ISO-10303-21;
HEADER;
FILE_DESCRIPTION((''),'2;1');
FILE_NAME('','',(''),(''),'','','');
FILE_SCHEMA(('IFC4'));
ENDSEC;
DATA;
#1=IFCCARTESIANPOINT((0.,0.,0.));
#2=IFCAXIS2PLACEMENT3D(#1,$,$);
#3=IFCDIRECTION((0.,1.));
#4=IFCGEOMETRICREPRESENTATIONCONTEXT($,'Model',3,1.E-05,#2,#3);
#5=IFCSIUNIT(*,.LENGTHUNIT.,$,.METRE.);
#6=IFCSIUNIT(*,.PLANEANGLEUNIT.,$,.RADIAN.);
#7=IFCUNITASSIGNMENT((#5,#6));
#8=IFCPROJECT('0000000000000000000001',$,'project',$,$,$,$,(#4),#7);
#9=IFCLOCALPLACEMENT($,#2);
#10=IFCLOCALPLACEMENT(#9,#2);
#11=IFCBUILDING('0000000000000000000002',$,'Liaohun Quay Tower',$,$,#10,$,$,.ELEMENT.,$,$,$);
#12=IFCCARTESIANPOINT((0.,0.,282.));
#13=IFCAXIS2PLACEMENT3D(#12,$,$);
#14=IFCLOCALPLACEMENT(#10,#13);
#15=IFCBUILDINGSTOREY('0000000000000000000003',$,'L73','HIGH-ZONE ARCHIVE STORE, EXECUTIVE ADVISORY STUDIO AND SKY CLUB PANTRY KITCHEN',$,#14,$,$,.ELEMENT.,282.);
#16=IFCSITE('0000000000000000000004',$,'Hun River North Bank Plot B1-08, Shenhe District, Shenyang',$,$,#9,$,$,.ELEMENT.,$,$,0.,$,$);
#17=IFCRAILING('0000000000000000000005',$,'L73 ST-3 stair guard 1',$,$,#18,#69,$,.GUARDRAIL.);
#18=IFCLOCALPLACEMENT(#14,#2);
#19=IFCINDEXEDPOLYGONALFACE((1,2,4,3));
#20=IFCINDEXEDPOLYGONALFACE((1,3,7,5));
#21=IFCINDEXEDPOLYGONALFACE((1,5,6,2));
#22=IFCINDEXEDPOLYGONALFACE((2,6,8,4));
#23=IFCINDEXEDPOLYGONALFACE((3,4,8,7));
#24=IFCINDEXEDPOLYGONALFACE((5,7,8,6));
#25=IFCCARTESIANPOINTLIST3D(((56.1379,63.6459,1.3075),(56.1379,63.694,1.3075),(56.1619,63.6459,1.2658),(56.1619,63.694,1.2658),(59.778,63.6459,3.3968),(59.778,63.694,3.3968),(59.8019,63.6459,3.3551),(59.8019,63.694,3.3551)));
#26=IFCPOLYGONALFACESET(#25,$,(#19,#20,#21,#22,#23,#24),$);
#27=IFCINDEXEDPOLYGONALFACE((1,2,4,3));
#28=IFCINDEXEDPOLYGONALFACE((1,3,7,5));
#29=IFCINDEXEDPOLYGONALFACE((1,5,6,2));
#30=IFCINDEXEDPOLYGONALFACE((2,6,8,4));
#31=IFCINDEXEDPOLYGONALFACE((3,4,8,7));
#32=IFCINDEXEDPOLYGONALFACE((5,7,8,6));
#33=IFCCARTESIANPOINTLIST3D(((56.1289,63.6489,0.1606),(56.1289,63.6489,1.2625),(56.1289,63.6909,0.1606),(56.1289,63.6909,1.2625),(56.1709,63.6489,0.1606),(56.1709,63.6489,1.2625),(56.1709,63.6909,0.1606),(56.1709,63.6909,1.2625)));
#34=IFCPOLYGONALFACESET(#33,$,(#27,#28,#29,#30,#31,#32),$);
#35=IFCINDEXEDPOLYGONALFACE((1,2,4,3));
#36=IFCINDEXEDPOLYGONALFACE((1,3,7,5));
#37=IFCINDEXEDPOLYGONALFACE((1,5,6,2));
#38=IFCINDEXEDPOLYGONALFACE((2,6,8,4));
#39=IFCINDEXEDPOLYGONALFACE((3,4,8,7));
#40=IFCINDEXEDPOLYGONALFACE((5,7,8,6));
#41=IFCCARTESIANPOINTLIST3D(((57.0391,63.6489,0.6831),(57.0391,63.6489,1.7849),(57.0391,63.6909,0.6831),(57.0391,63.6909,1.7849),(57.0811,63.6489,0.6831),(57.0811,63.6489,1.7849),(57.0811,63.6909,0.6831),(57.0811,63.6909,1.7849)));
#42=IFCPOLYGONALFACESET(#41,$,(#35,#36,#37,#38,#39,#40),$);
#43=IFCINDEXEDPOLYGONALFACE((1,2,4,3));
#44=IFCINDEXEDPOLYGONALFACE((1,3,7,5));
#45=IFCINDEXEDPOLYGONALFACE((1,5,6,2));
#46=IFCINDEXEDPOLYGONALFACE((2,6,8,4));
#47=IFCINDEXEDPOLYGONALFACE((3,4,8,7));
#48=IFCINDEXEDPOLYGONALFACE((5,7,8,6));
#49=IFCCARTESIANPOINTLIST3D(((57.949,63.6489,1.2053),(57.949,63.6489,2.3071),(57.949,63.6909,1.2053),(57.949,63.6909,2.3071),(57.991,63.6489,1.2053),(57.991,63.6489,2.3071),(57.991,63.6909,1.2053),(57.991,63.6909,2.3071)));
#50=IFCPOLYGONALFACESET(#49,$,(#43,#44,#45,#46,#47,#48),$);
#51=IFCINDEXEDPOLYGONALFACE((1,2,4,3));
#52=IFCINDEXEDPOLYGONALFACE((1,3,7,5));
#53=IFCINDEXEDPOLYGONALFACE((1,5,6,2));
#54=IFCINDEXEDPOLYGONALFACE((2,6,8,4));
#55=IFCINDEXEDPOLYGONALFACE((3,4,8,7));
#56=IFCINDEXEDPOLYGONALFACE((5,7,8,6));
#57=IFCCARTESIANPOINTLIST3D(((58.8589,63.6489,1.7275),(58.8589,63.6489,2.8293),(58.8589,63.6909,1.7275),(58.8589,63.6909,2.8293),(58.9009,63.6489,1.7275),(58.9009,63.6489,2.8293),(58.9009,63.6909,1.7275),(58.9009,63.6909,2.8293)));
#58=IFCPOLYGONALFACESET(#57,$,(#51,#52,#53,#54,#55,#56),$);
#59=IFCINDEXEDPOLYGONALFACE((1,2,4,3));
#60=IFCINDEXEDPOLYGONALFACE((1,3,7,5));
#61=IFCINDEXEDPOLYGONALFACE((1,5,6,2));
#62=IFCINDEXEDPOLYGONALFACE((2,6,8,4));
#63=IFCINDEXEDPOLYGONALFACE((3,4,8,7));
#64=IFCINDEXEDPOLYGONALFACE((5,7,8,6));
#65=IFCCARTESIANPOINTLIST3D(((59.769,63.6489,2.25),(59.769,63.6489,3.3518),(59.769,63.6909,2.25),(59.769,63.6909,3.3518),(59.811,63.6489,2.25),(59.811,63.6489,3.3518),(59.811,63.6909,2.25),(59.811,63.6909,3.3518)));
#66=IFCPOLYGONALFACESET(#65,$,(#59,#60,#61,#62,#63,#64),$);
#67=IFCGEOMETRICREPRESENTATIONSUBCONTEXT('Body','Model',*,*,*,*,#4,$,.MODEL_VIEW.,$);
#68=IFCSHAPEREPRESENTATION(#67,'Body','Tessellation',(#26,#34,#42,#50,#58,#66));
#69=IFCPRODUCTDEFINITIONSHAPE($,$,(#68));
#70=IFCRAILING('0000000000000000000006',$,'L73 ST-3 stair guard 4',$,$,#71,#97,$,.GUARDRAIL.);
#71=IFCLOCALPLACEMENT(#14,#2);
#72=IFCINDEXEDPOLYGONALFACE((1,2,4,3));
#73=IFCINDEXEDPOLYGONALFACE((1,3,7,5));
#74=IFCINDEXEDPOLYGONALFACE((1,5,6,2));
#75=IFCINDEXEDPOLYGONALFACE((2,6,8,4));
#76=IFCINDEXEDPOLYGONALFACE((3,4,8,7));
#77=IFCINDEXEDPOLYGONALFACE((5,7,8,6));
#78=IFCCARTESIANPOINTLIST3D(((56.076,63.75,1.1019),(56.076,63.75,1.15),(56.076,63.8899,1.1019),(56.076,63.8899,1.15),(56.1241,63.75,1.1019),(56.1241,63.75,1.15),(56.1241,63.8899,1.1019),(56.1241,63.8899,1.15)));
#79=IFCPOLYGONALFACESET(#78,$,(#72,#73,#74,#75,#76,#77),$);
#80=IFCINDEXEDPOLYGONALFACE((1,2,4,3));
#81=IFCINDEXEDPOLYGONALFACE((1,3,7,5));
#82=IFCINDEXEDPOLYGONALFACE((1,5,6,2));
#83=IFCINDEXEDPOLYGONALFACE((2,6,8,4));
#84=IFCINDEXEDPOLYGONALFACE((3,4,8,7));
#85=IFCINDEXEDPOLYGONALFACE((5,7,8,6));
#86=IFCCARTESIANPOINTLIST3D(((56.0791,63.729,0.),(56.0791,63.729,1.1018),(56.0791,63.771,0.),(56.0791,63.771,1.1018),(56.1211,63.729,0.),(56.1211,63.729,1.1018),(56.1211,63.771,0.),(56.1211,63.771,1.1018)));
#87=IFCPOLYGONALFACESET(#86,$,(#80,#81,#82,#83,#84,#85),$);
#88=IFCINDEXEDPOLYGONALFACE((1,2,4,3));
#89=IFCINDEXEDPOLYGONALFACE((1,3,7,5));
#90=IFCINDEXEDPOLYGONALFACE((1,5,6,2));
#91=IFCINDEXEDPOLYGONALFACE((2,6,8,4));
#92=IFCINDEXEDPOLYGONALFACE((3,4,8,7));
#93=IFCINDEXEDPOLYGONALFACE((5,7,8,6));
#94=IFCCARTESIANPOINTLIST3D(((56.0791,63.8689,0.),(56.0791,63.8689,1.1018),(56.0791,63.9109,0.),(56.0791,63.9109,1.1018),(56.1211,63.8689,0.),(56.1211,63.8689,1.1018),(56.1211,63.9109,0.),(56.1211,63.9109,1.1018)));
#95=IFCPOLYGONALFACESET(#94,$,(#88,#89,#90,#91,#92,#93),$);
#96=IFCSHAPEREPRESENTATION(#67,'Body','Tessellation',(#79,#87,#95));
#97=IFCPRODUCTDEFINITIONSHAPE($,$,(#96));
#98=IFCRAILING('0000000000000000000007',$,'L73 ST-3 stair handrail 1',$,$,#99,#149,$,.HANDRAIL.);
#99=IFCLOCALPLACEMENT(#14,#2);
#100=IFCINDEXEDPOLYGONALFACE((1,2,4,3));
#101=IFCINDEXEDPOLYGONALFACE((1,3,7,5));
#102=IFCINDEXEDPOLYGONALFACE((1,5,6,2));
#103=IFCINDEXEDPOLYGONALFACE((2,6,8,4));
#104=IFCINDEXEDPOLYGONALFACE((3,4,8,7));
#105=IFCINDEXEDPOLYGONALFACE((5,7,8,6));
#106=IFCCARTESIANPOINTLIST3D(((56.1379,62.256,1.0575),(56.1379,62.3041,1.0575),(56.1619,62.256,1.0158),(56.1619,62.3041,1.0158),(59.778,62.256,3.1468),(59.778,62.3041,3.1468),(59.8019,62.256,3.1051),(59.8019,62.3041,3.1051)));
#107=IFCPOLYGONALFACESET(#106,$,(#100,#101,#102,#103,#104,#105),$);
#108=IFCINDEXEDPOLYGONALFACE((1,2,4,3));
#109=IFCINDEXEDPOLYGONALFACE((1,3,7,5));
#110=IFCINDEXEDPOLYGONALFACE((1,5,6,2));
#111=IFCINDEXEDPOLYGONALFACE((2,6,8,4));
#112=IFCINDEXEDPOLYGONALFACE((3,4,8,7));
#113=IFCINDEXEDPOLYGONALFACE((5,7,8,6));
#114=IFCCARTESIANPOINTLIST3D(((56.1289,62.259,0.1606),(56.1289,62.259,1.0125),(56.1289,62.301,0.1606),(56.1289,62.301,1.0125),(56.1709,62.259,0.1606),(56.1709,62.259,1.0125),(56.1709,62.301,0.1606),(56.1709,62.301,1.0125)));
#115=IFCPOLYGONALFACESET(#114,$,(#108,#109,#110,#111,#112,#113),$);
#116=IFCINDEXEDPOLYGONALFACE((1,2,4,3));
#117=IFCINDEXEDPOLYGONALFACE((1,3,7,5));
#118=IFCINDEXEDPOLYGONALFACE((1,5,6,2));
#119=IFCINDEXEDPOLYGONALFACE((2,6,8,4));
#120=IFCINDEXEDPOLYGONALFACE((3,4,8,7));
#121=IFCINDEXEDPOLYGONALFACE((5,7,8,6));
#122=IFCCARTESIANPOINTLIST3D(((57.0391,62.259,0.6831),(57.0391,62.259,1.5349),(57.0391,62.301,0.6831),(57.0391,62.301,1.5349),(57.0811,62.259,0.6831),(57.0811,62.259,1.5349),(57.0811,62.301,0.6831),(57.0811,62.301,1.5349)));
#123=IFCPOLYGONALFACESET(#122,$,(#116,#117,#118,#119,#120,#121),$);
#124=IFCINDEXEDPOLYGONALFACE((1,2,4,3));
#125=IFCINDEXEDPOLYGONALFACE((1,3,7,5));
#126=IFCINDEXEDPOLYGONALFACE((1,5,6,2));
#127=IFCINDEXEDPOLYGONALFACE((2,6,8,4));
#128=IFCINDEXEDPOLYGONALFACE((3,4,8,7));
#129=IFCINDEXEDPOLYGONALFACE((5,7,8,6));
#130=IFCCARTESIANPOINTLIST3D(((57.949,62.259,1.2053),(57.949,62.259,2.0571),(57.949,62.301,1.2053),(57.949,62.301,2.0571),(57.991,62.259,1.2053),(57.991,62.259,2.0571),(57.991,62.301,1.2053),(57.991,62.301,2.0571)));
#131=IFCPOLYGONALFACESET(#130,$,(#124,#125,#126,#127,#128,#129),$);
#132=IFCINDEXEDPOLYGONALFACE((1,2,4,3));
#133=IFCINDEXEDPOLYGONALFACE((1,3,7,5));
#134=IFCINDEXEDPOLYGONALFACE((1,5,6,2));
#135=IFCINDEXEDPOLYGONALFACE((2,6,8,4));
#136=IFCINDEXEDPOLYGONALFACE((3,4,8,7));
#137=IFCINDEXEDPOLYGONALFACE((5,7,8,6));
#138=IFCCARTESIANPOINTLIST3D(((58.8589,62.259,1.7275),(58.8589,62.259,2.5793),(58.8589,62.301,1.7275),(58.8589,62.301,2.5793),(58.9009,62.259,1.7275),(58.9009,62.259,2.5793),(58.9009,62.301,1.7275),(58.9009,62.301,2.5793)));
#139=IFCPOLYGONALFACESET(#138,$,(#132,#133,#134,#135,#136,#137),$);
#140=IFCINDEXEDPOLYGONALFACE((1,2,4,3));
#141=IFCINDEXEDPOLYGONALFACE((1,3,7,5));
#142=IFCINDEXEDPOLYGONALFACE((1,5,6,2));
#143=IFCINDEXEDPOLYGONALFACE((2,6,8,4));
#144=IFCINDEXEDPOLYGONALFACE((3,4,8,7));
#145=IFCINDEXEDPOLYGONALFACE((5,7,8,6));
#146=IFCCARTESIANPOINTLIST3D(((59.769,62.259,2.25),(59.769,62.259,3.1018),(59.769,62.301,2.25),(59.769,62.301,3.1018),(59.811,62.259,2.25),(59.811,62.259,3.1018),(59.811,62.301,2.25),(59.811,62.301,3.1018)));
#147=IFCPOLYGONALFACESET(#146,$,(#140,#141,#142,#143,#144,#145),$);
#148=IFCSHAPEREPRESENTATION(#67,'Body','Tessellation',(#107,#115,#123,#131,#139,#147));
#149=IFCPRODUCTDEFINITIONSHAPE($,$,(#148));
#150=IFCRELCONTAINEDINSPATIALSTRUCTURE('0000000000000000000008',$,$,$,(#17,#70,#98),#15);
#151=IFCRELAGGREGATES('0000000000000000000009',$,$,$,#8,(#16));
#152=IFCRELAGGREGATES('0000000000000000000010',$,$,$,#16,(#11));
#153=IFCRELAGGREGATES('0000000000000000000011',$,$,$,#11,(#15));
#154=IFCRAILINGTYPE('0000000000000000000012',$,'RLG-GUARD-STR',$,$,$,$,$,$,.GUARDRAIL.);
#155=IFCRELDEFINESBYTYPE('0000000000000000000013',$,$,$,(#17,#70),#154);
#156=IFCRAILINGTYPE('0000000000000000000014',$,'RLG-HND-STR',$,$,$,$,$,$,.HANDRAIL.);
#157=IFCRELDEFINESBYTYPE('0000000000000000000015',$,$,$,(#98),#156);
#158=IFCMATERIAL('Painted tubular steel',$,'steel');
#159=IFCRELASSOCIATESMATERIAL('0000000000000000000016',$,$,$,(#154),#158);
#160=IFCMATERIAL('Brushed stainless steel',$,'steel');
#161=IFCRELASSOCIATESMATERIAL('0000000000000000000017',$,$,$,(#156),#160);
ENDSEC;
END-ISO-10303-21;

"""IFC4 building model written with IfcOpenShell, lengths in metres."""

from ifc_helpers import new_model, si_unit, direction, frame, origin, origin_2d, place, context, subcontext, project, spatial, rectangle, extrude, material, type_object, element, save


model = new_model("IFC4")

# Units and contexts
model_context = context("Model", 3, precision=1e-05, world=origin(), true_north=direction((0.0, 1.0)))
body_context = subcontext(model_context, "Body", "Model", "MODEL_VIEW")
ifc_project = project(units=[si_unit("LENGTHUNIT", "METRE"), si_unit("PLANEANGLEUNIT", "RADIAN")], contexts=[model_context])

# Site, building, storey
site_placement = place(None, origin())
site = spatial("IfcSite", under=ifc_project, at=site_placement, Name="Hun River North Bank Plot B1-08, Shenhe District, Shenyang", CompositionType="ELEMENT", RefElevation=0.0)
building_placement = place(site_placement, origin())
building = spatial("IfcBuilding", under=site, at=building_placement, Name="Liaohun Quay Tower", CompositionType="ELEMENT")
storey_placement = place(building_placement, frame((0.0, 0.0, 282.0)))
storey = spatial("IfcBuildingStorey", under=building, at=storey_placement, Name="L73", Description="HIGH-ZONE ARCHIVE STORE, EXECUTIVE ADVISORY STUDIO AND SKY CLUB PANTRY KITCHEN", CompositionType="ELEMENT", Elevation=282.0)

# Railings
ifc_material_1 = material(Name="Painted tubular steel", Category="steel")
railing_type_1 = type_object("IfcRailingType", Name="RLG-GUARD-STR", PredefinedType="GUARDRAIL", material=ifc_material_1)
railing_1_placement = place(storey_placement, frame((56.1499, 63.6699, 0.1606)))
element("IfcRailing", 1, at=railing_1_placement, inside=storey, type_object=railing_type_1, Name="L73 ST-3 stair guard 1", PredefinedType="GUARDRAIL", context=body_context, shape_type="SweptSolid", body=[
    extrude(rectangle(XDim=0.0481, YDim=0.0481, at=origin_2d()), frame((0.0, 0.0, 1.126), z_axis=(0.867289, 0.0, 0.497804), x_axis=(0.0, 1.0, 0.0)), (0.0, 0.0, 1.0), 4.197),
    extrude(rectangle(XDim=0.042, YDim=0.042, at=origin_2d()), origin(), (0.0, 0.0, 1.0), 1.1018),
    extrude(rectangle(XDim=0.042, YDim=0.042, at=origin_2d()), frame((0.9102, 0.0, 0.5225)), (0.0, 0.0, 1.0), 1.1018),
    extrude(rectangle(XDim=0.042, YDim=0.042, at=origin_2d()), frame((1.8201, 0.0, 1.0447)), (0.0, 0.0, 1.0), 1.1018),
    extrude(rectangle(XDim=0.042, YDim=0.042, at=origin_2d()), frame((2.73, 0.0, 1.5669)), (0.0, 0.0, 1.0), 1.1018),
    extrude(rectangle(XDim=0.042, YDim=0.042, at=origin_2d()), frame((3.6401, 0.0, 2.0894)), (0.0, 0.0, 1.0), 1.1018),
])
railing_2_placement = place(storey_placement, frame((56.1001, 63.75, 0.0)))
element("IfcRailing", 2, at=railing_2_placement, inside=storey, type_object=railing_type_1, Name="L73 ST-3 stair guard 4", PredefinedType="GUARDRAIL", context=body_context, shape_type="SweptSolid", body=[
    extrude(rectangle(XDim=0.0481, YDim=0.0481, at=origin_2d()), frame((0.0, 0.0, 1.126), z_axis=(0.0, 1.0, 0.0), x_axis=(-1.0, 0.0, 0.0)), (0.0, 0.0, 1.0), 0.1399),
    extrude(rectangle(XDim=0.042, YDim=0.042, at=origin_2d()), origin(), (0.0, 0.0, 1.0), 1.1018),
    extrude(rectangle(XDim=0.042, YDim=0.042, at=origin_2d()), frame((0.0, 0.1399, 0.0)), (0.0, 0.0, 1.0), 1.1018),
])
ifc_material_2 = material(Name="Brushed stainless steel", Category="steel")
railing_type_2 = type_object("IfcRailingType", Name="RLG-HND-STR", PredefinedType="HANDRAIL", material=ifc_material_2)
railing_3_placement = place(storey_placement, frame((56.1499, 62.28, 0.1606)))
element("IfcRailing", 3, at=railing_3_placement, inside=storey, type_object=railing_type_2, Name="L73 ST-3 stair handrail 1", PredefinedType="HANDRAIL", context=body_context, shape_type="SweptSolid", body=[
    extrude(rectangle(XDim=0.0481, YDim=0.0481, at=origin_2d()), frame((0.0, 0.0, 0.876), z_axis=(0.867289, 0.0, 0.497804), x_axis=(0.0, 1.0, 0.0)), (0.0, 0.0, 1.0), 4.197),
    extrude(rectangle(XDim=0.042, YDim=0.042, at=origin_2d()), origin(), (0.0, 0.0, 1.0), 0.8518),
    extrude(rectangle(XDim=0.042, YDim=0.042, at=origin_2d()), frame((0.9102, 0.0, 0.5225)), (0.0, 0.0, 1.0), 0.8518),
    extrude(rectangle(XDim=0.042, YDim=0.042, at=origin_2d()), frame((1.8201, 0.0, 1.0447)), (0.0, 0.0, 1.0), 0.8518),
    extrude(rectangle(XDim=0.042, YDim=0.042, at=origin_2d()), frame((2.73, 0.0, 1.5669)), (0.0, 0.0, 1.0), 0.8518),
    extrude(rectangle(XDim=0.042, YDim=0.042, at=origin_2d()), frame((3.6401, 0.0, 2.0894)), (0.0, 0.0, 1.0), 0.8518),
])

save(model, "model.ifc")
